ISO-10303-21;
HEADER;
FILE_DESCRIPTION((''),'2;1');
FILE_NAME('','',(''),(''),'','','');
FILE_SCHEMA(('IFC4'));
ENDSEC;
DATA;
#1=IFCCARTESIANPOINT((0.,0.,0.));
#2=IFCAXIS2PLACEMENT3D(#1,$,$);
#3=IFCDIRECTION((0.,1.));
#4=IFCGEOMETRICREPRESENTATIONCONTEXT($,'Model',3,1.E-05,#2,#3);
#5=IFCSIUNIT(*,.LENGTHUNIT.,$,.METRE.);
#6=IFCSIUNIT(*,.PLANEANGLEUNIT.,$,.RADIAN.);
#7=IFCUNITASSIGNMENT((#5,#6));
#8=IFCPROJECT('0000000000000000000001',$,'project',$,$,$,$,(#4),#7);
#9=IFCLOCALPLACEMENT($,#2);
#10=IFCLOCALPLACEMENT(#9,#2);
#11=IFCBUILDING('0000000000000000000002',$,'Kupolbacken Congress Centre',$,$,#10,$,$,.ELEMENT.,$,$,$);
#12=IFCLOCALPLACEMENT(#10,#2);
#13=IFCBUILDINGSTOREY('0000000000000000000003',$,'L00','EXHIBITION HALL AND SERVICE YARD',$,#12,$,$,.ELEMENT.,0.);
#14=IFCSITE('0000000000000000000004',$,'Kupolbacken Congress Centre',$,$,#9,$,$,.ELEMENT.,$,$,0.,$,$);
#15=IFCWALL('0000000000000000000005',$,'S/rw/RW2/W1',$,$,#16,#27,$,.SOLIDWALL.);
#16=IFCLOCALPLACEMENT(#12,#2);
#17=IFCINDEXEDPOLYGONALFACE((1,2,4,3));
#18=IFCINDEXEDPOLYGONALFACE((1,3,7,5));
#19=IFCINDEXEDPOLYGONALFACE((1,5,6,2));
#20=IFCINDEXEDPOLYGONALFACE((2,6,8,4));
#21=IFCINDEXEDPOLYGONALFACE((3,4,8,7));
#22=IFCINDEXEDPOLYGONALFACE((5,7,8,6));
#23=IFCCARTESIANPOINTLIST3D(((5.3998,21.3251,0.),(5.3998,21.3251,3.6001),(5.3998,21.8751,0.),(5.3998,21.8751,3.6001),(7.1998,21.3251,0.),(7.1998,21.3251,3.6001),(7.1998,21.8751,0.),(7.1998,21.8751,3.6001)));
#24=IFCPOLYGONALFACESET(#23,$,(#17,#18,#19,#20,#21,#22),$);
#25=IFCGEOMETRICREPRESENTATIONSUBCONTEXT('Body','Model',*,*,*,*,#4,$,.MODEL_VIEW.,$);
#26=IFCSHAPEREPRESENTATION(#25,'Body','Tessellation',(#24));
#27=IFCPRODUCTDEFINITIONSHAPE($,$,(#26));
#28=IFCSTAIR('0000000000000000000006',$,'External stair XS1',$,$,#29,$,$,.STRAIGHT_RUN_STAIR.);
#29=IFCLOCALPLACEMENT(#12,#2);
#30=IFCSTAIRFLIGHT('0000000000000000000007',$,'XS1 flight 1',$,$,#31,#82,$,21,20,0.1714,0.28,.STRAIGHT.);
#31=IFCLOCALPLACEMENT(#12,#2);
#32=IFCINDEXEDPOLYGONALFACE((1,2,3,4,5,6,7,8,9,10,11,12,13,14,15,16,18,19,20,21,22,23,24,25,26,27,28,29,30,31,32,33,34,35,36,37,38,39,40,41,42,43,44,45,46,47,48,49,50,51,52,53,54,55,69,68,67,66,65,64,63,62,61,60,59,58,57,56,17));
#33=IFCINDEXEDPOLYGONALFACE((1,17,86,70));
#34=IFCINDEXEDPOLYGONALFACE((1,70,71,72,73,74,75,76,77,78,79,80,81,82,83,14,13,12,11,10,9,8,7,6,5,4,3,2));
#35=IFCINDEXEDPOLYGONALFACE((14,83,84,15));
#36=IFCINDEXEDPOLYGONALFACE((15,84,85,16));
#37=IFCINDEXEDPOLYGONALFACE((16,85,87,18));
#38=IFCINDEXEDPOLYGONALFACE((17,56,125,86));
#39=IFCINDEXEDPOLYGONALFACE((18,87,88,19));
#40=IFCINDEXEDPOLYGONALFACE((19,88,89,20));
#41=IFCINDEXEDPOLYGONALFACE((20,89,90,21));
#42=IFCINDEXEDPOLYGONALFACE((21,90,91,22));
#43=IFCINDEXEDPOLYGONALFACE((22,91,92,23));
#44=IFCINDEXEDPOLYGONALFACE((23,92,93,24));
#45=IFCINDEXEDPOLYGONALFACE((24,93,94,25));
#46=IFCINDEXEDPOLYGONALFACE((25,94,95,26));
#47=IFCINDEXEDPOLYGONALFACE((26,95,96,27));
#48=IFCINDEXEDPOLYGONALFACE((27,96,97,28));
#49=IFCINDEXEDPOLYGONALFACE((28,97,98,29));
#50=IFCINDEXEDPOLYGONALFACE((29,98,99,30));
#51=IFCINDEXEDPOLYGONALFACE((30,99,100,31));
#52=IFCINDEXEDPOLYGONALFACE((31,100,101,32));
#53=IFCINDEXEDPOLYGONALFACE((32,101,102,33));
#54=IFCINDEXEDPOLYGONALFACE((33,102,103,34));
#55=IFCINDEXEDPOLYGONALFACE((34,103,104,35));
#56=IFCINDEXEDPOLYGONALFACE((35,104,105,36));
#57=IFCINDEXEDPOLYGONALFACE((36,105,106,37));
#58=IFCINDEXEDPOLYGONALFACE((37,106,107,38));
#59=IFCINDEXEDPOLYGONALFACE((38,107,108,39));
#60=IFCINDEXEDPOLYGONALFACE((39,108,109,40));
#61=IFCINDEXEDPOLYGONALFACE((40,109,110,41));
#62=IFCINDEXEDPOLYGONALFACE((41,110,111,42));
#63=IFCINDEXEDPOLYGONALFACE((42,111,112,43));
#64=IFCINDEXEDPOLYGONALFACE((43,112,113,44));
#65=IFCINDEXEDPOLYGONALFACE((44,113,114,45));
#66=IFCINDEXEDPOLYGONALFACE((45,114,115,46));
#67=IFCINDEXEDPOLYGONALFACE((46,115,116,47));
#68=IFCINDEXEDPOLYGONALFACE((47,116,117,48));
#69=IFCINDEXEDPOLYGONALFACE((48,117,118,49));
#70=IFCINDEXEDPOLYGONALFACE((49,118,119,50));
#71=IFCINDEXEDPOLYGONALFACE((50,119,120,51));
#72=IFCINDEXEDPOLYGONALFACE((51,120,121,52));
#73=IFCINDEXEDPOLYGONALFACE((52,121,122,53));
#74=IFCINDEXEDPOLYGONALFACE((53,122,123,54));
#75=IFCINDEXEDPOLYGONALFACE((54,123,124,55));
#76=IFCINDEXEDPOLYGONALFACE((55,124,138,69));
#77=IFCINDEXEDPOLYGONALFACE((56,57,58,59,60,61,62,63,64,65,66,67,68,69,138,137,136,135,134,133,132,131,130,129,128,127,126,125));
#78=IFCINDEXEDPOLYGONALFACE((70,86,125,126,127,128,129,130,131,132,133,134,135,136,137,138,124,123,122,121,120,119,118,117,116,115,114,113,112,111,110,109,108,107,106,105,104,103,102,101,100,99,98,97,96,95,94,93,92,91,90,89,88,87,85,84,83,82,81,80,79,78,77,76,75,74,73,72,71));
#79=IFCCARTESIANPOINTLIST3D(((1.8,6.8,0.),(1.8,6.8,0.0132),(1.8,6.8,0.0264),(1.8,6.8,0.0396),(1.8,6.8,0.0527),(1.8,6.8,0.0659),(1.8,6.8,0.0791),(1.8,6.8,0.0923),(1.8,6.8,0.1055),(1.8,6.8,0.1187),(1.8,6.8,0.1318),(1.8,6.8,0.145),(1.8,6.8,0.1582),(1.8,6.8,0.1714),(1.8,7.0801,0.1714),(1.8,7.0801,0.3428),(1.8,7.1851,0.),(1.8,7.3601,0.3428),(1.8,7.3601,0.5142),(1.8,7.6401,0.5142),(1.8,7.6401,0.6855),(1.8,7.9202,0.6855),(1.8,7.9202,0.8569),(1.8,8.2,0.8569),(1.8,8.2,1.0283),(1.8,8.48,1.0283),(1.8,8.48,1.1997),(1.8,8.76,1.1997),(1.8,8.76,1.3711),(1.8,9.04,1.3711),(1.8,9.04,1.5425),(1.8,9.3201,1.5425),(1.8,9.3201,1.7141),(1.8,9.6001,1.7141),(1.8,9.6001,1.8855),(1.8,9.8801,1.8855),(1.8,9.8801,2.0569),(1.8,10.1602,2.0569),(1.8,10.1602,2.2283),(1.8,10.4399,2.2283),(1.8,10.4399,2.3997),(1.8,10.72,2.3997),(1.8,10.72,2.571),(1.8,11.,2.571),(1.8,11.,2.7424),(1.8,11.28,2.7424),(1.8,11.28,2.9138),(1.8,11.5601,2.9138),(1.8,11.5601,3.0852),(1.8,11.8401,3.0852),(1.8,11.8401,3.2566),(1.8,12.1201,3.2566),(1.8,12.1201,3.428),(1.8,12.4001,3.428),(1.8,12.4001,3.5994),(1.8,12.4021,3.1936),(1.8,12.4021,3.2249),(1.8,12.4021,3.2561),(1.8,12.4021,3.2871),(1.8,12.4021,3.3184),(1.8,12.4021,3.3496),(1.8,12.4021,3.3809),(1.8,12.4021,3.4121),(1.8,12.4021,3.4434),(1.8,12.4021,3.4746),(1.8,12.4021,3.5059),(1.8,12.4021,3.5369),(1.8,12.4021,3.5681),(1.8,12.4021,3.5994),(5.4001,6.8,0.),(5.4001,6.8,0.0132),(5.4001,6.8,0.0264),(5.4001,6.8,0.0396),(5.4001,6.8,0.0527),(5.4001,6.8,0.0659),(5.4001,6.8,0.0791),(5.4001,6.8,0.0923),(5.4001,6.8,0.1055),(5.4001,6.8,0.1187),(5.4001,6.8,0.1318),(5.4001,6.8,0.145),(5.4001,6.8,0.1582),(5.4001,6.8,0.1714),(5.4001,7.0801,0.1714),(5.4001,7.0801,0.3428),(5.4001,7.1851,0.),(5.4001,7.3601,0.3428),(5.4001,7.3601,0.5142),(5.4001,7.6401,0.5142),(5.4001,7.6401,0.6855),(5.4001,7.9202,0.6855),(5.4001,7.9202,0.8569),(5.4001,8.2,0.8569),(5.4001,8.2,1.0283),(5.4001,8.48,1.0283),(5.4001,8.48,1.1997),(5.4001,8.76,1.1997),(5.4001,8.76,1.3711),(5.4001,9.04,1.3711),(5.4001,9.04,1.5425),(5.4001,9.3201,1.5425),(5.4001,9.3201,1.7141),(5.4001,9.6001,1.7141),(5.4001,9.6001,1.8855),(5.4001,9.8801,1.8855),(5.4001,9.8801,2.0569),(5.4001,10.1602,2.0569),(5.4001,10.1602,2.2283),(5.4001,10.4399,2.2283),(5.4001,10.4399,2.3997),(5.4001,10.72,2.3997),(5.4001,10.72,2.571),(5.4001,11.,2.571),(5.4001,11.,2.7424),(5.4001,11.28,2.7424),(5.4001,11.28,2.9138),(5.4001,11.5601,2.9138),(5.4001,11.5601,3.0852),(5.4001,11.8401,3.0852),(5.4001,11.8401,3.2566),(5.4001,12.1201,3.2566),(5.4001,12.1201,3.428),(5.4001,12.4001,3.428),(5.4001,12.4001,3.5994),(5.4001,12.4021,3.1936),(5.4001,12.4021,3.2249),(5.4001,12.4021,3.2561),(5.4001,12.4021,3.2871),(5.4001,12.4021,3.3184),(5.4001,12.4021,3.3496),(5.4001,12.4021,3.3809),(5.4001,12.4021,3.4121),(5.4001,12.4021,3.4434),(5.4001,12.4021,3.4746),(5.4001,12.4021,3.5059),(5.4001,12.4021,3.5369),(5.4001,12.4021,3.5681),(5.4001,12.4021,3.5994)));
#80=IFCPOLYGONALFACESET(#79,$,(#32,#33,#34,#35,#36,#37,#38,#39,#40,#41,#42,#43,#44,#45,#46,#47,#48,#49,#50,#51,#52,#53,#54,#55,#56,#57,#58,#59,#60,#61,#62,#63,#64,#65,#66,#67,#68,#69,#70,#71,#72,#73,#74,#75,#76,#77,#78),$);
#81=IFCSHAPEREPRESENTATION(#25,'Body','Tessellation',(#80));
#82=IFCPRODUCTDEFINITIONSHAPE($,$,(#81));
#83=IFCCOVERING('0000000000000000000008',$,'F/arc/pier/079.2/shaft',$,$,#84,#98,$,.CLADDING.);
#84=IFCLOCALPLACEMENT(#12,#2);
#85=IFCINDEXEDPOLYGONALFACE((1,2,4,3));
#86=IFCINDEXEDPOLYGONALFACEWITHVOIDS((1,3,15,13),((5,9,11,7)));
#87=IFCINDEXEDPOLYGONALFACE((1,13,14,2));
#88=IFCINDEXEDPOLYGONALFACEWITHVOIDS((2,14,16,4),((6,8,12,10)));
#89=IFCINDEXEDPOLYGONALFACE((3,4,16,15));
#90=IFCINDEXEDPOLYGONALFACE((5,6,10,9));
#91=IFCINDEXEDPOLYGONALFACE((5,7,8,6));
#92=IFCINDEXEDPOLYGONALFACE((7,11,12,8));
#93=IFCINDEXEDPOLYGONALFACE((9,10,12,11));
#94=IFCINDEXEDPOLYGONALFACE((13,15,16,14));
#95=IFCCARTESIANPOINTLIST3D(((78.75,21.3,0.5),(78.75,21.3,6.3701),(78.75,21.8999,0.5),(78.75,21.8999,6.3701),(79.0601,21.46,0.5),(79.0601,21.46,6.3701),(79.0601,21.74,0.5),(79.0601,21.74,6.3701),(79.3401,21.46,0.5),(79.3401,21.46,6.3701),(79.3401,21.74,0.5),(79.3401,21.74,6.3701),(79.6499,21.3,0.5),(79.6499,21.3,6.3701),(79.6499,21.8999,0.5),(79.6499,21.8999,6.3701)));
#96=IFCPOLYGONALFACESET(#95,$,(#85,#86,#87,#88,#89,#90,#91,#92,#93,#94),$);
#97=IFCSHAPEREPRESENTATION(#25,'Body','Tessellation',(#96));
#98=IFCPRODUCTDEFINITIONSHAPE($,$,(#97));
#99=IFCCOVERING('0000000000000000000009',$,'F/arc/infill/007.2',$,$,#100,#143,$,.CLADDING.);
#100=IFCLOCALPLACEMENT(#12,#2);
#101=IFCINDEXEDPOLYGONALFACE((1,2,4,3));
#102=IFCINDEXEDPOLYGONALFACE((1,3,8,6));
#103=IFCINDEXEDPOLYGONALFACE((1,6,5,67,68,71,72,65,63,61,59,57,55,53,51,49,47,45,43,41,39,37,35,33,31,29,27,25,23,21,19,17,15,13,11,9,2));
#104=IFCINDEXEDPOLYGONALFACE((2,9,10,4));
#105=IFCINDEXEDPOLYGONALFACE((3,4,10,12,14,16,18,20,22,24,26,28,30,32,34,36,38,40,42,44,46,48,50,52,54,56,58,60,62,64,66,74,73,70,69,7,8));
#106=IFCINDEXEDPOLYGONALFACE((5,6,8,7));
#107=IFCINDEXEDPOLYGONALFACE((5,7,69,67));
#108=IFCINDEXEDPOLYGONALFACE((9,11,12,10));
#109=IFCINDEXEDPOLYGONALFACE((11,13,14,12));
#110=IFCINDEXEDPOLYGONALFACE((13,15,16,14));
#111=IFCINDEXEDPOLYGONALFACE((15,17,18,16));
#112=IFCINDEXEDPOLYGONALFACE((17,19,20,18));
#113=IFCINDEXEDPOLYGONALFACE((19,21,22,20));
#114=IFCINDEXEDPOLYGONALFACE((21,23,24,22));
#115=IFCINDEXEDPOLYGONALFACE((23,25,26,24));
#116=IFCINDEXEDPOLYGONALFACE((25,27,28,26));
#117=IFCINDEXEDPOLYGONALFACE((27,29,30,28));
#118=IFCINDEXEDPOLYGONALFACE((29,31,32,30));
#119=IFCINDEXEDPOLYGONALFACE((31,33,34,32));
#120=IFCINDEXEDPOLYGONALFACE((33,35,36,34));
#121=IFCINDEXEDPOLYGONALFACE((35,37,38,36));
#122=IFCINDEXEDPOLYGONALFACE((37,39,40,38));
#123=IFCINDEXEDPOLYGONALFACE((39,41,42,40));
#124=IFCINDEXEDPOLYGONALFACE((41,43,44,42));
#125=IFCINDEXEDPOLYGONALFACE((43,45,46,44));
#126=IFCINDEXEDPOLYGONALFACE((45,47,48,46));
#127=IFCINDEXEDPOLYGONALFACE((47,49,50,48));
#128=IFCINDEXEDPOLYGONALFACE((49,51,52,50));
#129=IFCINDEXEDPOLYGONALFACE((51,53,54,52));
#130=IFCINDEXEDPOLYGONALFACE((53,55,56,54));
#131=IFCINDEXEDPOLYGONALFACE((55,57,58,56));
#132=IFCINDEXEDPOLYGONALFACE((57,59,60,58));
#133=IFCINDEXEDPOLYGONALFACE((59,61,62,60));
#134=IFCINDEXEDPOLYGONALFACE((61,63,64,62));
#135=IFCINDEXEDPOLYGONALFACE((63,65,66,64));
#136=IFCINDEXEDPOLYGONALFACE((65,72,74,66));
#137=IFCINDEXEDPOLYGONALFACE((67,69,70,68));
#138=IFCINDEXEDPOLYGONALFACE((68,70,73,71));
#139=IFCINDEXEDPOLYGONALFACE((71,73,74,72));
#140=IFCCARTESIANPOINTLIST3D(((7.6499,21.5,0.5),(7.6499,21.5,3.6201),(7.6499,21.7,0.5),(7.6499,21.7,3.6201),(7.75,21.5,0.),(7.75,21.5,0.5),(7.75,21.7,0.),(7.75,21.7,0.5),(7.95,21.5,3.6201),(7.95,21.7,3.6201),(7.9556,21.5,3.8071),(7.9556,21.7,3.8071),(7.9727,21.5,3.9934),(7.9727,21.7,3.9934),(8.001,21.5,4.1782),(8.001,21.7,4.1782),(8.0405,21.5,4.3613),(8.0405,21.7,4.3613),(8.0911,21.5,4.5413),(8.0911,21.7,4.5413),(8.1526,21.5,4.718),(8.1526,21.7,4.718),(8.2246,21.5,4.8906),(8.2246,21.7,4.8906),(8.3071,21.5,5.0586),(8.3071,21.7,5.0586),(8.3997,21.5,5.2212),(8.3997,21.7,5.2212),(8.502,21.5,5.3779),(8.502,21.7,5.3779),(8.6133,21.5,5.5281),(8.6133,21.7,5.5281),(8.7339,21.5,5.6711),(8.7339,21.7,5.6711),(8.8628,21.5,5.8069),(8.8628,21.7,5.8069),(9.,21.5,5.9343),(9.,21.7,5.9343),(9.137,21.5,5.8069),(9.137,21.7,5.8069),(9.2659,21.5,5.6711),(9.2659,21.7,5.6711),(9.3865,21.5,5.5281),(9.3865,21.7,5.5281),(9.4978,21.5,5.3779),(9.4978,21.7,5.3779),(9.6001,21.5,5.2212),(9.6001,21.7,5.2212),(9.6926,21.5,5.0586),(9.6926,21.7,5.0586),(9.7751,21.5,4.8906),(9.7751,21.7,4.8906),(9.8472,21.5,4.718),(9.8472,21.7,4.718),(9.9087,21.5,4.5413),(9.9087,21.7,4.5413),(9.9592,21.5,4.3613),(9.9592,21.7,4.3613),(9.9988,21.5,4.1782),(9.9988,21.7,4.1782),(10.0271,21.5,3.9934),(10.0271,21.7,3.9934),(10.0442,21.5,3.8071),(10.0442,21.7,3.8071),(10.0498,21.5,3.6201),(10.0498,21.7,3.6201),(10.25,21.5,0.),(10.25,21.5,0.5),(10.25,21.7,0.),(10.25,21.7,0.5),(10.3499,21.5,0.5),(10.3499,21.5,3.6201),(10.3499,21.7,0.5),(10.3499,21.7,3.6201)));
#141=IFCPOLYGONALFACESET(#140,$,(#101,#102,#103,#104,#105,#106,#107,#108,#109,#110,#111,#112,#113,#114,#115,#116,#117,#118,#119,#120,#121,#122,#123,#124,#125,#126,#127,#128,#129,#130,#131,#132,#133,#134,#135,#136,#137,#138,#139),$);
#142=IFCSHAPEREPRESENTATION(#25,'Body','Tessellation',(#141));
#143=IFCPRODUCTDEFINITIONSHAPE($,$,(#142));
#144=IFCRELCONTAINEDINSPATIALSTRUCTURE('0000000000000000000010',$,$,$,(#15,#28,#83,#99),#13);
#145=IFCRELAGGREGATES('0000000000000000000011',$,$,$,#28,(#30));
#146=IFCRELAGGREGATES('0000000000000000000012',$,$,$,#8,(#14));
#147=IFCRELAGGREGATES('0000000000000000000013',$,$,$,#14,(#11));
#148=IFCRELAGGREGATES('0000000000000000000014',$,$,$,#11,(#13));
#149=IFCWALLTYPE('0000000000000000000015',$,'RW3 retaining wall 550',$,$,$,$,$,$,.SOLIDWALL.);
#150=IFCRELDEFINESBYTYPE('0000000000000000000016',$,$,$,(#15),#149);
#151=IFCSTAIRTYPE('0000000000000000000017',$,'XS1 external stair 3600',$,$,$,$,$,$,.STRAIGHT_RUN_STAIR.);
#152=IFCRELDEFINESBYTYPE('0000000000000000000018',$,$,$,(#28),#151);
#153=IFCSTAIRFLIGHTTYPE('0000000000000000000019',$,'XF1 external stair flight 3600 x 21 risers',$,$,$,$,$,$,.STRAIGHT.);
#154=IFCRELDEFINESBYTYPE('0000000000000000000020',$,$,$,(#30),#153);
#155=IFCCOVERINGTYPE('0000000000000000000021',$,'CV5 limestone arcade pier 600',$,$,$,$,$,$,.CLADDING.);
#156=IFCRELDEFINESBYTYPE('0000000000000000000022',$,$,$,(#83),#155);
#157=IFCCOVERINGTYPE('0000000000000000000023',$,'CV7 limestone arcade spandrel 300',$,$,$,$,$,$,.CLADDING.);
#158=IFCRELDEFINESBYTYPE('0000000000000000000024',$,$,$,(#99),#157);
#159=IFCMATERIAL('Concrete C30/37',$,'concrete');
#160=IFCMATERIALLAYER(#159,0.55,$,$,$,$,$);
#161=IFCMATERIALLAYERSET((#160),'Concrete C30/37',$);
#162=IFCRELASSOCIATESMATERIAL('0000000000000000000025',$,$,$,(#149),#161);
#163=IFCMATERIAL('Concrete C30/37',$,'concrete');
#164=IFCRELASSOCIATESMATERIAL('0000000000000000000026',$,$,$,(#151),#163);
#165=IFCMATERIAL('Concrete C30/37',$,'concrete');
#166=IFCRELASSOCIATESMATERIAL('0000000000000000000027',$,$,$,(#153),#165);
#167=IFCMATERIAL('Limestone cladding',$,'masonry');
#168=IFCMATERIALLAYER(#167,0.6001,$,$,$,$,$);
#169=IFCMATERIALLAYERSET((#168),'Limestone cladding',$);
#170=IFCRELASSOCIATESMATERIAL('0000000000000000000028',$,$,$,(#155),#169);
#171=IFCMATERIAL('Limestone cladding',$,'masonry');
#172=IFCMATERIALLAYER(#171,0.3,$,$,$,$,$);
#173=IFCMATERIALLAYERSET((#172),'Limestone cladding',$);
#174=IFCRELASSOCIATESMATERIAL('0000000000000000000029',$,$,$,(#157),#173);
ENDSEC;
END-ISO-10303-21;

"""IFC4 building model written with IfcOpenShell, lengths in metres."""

from ifc_helpers import new_model, si_unit, direction, frame, frame_2d, origin, place, context, subcontext, project, spatial, polyline, rectangle, outline, extrude, material, layer, layer_set, type_object, element, aggregate, save


model = new_model("IFC4")

# Units and contexts
model_context = context("Model", 3, precision=1e-05, world=origin(), true_north=direction((0.0, 1.0)))
body_context = subcontext(model_context, "Body", "Model", "MODEL_VIEW")
ifc_project = project(units=[si_unit("LENGTHUNIT", "METRE"), si_unit("PLANEANGLEUNIT", "RADIAN")], contexts=[model_context])

# Site, building, storey
site_placement = place(None, origin())
site = spatial("IfcSite", under=ifc_project, at=site_placement, Name="Kupolbacken Congress Centre", CompositionType="ELEMENT", RefElevation=0.0)
building_placement = place(site_placement, origin())
building = spatial("IfcBuilding", under=site, at=building_placement, Name="Kupolbacken Congress Centre", CompositionType="ELEMENT")
storey_placement = place(building_placement, origin())
storey = spatial("IfcBuildingStorey", under=building, at=storey_placement, Name="L00", Description="EXHIBITION HALL AND SERVICE YARD", CompositionType="ELEMENT", Elevation=0.0)

# Wall
ifc_material_1 = material(Name="Concrete C30/37", Category="concrete")
ifc_layer_1 = layer(ifc_material_1, 0.55)
ifc_layer_set_1 = layer_set([ifc_layer_1], Name="Concrete C30/37")
wall_type_1 = type_object("IfcWallType", Name="RW3 retaining wall 550", PredefinedType="SOLIDWALL", material=ifc_layer_set_1)
wall_1_placement = place(storey_placement, frame((5.3999, 21.6001, 0.0), z_axis=(0.0, 0.0, 1.0), x_axis=(1.0, 0.0, 0.0)))
element("IfcWall", 1, at=wall_1_placement, inside=storey, type_object=wall_type_1, Name="S/rw/RW2/W1", PredefinedType="SOLIDWALL", context=body_context, shape_type="SweptSolid", body=[
    extrude(rectangle(XDim=1.8, YDim=0.55, at=frame_2d((0.8999, 0.0))), origin(), (0.0, 0.0, 1.0), 3.6001),
])

# Stair, stair flight
ifc_material_2 = material(Name="Concrete C30/37", Category="concrete")
stair_type = type_object("IfcStairType", Name="XS1 external stair 3600", PredefinedType="STRAIGHT_RUN_STAIR", material=ifc_material_2)
stair_placement = place(storey_placement, origin())
stair = element("IfcStair", 2, at=stair_placement, inside=storey, type_object=stair_type, Name="External stair XS1", PredefinedType="STRAIGHT_RUN_STAIR")
ifc_material_3 = material(Name="Concrete C30/37", Category="concrete")
stair_flight_type = type_object("IfcStairFlightType", Name="XF1 external stair flight 3600 x 21 risers", PredefinedType="STRAIGHT", material=ifc_material_3)
stair_flight_placement = place(storey_placement, frame((3.6001, 6.8, 0.0), z_axis=(0.0, 0.0, 1.0), x_axis=(0.0, 1.0, 0.0)))
stair_flight = element("IfcStairFlight", 3, at=stair_flight_placement, type_object=stair_flight_type, Name="XS1 flight 1", NumberOfRisers=21, NumberOfTreads=20, PredefinedType="STRAIGHT", RiserHeight=0.1714, TreadLength=0.28, context=body_context, shape_type="SweptSolid", body=[
    extrude(outline(polyline([(0.0, 0.0), (0.0, 0.0132), (0.0, 0.0264), (0.0, 0.0396), (0.0, 0.0527), (0.0, 0.0659), (0.0, 0.0791), (0.0, 0.0923), (0.0, 0.1055), (0.0, 0.1187), (0.0, 0.1318), (0.0, 0.145), (0.0, 0.1582), (0.0, 0.1714), (0.28, 0.1714), (0.28, 0.3428), (0.5601, 0.3428), (0.5601, 0.5142), (0.8401, 0.5142), (0.8401, 0.6855), (1.1201, 0.6855), (1.1201, 0.8569), (1.3999, 0.8569), (1.3999, 1.0283), (1.6799, 1.0283), (1.6799, 1.1997), (1.96, 1.1997), (1.96, 1.3711), (2.24, 1.3711), (2.24, 1.5425), (2.52, 1.5425), (2.52, 1.7141), (2.8, 1.7141), (2.8, 1.8855), (3.0801, 1.8855), (3.0801, 2.0569), (3.3601, 2.0569), (3.3601, 2.2283), (3.6399, 2.2283), (3.6399, 2.3997), (3.9199, 2.3997), (3.9199, 2.571), (4.2, 2.571), (4.2, 2.7424), (4.48, 2.7424), (4.48, 2.9138), (4.76, 2.9138), (4.76, 3.0852), (5.04, 3.0852), (5.04, 3.2566), (5.3201, 3.2566), (5.3201, 3.428), (5.6001, 3.428), (5.6001, 3.5994), (5.6021, 3.5994), (5.6021, 3.5681), (5.6021, 3.5369), (5.6021, 3.5059), (5.6021, 3.4746), (5.6021, 3.4434), (5.6021, 3.4121), (5.6021, 3.3809), (5.6021, 3.3496), (5.6021, 3.3184), (5.6021, 3.2871), (5.6021, 3.2561), (5.6021, 3.2249), (5.6021, 3.1936), (0.385, 0.0), (0.0, 0.0)])), frame((0.0, 1.8, 0.0), z_axis=(0.0, -1.0, 0.0), x_axis=(1.0, 0.0, 0.0)), (0.0, 0.0, 1.0), 3.6001),
])
aggregate(stair, [stair_flight])

# Coverings
ifc_material_4 = material(Name="Limestone cladding", Category="masonry")
ifc_layer_2 = layer(ifc_material_4, 0.6001)
ifc_layer_set_2 = layer_set([ifc_layer_2], Name="Limestone cladding")
covering_type_1 = type_object("IfcCoveringType", Name="CV5 limestone arcade pier 600", PredefinedType="CLADDING", material=ifc_layer_set_2)
covering_placement = place(storey_placement, frame((0.0, 0.0, 0.5)))
element("IfcCovering", 4, at=covering_placement, inside=storey, type_object=covering_type_1, Name="F/arc/pier/079.2/shaft", PredefinedType="CLADDING", context=body_context, shape_type="SweptSolid", body=[
    extrude(outline(polyline([(78.75, 21.3), (79.6499, 21.3), (79.6499, 21.8999), (78.75, 21.8999), (78.75, 21.3)]), holes=[polyline([(79.0601, 21.46), (79.3401, 21.46), (79.3401, 21.74), (79.0601, 21.74), (79.0601, 21.46)])]), origin(), (0.0, 0.0, 1.0), 5.8701),
])
ifc_material_5 = material(Name="Limestone cladding", Category="masonry")
ifc_layer_3 = layer(ifc_material_5, 0.3)
ifc_layer_set_3 = layer_set([ifc_layer_3], Name="Limestone cladding")
covering_type_2 = type_object("IfcCoveringType", Name="CV7 limestone arcade spandrel 300", PredefinedType="CLADDING", material=ifc_layer_set_3)
for number, where, z_axis, x_axis, name in (
    (5, (7.6499, 21.5, 3.6201), (0.0, 1.0, 0.0), (-1.0, 0.0, 0.0), "F/arc/infill/007.2"),
):
    element("IfcCovering", number, at=place(storey_placement, frame(where, z_axis=z_axis, x_axis=x_axis)), inside=storey, type_object=covering_type_2, Name=name, PredefinedType="CLADDING", context=body_context, shape_type="SweptSolid", body=[
        extrude(outline(polyline([(-0.1001, -3.6201), (-2.6001, -3.6201), (-2.6001, -3.1201), (-2.7, -3.1201), (-2.7, 0.0), (-2.3999, 0.0), (-2.3943, 0.187), (-2.3772, 0.3733), (-2.3489, 0.5581), (-2.3093, 0.7412), (-2.2588, 0.9211), (-2.1973, 1.0979), (-2.1252, 1.2705), (-2.0427, 1.4385), (-1.9502, 1.6011), (-1.8479, 1.7578), (-1.7366, 1.908), (-1.616, 2.051), (-1.4871, 2.1868), (-1.3501, 2.3142), (-1.2129, 2.1868), (-1.084, 2.051), (-0.9634, 1.908), (-0.8521, 1.7578), (-0.7498, 1.6011), (-0.6572, 1.4385), (-0.5747, 1.2705), (-0.5027, 1.0979), (-0.4412, 0.9211), (-0.3906, 0.7412), (-0.3511, 0.5581), (-0.3228, 0.3733), (-0.3057, 0.187), (-0.3, 0.0), (0.0, 0.0), (0.0, -3.1201), (-0.1001, -3.1201), (-0.1001, -3.6201)])), origin(), (0.0, 0.0, 1.0), 0.2),
    ])

save(model, "model.ifc")
